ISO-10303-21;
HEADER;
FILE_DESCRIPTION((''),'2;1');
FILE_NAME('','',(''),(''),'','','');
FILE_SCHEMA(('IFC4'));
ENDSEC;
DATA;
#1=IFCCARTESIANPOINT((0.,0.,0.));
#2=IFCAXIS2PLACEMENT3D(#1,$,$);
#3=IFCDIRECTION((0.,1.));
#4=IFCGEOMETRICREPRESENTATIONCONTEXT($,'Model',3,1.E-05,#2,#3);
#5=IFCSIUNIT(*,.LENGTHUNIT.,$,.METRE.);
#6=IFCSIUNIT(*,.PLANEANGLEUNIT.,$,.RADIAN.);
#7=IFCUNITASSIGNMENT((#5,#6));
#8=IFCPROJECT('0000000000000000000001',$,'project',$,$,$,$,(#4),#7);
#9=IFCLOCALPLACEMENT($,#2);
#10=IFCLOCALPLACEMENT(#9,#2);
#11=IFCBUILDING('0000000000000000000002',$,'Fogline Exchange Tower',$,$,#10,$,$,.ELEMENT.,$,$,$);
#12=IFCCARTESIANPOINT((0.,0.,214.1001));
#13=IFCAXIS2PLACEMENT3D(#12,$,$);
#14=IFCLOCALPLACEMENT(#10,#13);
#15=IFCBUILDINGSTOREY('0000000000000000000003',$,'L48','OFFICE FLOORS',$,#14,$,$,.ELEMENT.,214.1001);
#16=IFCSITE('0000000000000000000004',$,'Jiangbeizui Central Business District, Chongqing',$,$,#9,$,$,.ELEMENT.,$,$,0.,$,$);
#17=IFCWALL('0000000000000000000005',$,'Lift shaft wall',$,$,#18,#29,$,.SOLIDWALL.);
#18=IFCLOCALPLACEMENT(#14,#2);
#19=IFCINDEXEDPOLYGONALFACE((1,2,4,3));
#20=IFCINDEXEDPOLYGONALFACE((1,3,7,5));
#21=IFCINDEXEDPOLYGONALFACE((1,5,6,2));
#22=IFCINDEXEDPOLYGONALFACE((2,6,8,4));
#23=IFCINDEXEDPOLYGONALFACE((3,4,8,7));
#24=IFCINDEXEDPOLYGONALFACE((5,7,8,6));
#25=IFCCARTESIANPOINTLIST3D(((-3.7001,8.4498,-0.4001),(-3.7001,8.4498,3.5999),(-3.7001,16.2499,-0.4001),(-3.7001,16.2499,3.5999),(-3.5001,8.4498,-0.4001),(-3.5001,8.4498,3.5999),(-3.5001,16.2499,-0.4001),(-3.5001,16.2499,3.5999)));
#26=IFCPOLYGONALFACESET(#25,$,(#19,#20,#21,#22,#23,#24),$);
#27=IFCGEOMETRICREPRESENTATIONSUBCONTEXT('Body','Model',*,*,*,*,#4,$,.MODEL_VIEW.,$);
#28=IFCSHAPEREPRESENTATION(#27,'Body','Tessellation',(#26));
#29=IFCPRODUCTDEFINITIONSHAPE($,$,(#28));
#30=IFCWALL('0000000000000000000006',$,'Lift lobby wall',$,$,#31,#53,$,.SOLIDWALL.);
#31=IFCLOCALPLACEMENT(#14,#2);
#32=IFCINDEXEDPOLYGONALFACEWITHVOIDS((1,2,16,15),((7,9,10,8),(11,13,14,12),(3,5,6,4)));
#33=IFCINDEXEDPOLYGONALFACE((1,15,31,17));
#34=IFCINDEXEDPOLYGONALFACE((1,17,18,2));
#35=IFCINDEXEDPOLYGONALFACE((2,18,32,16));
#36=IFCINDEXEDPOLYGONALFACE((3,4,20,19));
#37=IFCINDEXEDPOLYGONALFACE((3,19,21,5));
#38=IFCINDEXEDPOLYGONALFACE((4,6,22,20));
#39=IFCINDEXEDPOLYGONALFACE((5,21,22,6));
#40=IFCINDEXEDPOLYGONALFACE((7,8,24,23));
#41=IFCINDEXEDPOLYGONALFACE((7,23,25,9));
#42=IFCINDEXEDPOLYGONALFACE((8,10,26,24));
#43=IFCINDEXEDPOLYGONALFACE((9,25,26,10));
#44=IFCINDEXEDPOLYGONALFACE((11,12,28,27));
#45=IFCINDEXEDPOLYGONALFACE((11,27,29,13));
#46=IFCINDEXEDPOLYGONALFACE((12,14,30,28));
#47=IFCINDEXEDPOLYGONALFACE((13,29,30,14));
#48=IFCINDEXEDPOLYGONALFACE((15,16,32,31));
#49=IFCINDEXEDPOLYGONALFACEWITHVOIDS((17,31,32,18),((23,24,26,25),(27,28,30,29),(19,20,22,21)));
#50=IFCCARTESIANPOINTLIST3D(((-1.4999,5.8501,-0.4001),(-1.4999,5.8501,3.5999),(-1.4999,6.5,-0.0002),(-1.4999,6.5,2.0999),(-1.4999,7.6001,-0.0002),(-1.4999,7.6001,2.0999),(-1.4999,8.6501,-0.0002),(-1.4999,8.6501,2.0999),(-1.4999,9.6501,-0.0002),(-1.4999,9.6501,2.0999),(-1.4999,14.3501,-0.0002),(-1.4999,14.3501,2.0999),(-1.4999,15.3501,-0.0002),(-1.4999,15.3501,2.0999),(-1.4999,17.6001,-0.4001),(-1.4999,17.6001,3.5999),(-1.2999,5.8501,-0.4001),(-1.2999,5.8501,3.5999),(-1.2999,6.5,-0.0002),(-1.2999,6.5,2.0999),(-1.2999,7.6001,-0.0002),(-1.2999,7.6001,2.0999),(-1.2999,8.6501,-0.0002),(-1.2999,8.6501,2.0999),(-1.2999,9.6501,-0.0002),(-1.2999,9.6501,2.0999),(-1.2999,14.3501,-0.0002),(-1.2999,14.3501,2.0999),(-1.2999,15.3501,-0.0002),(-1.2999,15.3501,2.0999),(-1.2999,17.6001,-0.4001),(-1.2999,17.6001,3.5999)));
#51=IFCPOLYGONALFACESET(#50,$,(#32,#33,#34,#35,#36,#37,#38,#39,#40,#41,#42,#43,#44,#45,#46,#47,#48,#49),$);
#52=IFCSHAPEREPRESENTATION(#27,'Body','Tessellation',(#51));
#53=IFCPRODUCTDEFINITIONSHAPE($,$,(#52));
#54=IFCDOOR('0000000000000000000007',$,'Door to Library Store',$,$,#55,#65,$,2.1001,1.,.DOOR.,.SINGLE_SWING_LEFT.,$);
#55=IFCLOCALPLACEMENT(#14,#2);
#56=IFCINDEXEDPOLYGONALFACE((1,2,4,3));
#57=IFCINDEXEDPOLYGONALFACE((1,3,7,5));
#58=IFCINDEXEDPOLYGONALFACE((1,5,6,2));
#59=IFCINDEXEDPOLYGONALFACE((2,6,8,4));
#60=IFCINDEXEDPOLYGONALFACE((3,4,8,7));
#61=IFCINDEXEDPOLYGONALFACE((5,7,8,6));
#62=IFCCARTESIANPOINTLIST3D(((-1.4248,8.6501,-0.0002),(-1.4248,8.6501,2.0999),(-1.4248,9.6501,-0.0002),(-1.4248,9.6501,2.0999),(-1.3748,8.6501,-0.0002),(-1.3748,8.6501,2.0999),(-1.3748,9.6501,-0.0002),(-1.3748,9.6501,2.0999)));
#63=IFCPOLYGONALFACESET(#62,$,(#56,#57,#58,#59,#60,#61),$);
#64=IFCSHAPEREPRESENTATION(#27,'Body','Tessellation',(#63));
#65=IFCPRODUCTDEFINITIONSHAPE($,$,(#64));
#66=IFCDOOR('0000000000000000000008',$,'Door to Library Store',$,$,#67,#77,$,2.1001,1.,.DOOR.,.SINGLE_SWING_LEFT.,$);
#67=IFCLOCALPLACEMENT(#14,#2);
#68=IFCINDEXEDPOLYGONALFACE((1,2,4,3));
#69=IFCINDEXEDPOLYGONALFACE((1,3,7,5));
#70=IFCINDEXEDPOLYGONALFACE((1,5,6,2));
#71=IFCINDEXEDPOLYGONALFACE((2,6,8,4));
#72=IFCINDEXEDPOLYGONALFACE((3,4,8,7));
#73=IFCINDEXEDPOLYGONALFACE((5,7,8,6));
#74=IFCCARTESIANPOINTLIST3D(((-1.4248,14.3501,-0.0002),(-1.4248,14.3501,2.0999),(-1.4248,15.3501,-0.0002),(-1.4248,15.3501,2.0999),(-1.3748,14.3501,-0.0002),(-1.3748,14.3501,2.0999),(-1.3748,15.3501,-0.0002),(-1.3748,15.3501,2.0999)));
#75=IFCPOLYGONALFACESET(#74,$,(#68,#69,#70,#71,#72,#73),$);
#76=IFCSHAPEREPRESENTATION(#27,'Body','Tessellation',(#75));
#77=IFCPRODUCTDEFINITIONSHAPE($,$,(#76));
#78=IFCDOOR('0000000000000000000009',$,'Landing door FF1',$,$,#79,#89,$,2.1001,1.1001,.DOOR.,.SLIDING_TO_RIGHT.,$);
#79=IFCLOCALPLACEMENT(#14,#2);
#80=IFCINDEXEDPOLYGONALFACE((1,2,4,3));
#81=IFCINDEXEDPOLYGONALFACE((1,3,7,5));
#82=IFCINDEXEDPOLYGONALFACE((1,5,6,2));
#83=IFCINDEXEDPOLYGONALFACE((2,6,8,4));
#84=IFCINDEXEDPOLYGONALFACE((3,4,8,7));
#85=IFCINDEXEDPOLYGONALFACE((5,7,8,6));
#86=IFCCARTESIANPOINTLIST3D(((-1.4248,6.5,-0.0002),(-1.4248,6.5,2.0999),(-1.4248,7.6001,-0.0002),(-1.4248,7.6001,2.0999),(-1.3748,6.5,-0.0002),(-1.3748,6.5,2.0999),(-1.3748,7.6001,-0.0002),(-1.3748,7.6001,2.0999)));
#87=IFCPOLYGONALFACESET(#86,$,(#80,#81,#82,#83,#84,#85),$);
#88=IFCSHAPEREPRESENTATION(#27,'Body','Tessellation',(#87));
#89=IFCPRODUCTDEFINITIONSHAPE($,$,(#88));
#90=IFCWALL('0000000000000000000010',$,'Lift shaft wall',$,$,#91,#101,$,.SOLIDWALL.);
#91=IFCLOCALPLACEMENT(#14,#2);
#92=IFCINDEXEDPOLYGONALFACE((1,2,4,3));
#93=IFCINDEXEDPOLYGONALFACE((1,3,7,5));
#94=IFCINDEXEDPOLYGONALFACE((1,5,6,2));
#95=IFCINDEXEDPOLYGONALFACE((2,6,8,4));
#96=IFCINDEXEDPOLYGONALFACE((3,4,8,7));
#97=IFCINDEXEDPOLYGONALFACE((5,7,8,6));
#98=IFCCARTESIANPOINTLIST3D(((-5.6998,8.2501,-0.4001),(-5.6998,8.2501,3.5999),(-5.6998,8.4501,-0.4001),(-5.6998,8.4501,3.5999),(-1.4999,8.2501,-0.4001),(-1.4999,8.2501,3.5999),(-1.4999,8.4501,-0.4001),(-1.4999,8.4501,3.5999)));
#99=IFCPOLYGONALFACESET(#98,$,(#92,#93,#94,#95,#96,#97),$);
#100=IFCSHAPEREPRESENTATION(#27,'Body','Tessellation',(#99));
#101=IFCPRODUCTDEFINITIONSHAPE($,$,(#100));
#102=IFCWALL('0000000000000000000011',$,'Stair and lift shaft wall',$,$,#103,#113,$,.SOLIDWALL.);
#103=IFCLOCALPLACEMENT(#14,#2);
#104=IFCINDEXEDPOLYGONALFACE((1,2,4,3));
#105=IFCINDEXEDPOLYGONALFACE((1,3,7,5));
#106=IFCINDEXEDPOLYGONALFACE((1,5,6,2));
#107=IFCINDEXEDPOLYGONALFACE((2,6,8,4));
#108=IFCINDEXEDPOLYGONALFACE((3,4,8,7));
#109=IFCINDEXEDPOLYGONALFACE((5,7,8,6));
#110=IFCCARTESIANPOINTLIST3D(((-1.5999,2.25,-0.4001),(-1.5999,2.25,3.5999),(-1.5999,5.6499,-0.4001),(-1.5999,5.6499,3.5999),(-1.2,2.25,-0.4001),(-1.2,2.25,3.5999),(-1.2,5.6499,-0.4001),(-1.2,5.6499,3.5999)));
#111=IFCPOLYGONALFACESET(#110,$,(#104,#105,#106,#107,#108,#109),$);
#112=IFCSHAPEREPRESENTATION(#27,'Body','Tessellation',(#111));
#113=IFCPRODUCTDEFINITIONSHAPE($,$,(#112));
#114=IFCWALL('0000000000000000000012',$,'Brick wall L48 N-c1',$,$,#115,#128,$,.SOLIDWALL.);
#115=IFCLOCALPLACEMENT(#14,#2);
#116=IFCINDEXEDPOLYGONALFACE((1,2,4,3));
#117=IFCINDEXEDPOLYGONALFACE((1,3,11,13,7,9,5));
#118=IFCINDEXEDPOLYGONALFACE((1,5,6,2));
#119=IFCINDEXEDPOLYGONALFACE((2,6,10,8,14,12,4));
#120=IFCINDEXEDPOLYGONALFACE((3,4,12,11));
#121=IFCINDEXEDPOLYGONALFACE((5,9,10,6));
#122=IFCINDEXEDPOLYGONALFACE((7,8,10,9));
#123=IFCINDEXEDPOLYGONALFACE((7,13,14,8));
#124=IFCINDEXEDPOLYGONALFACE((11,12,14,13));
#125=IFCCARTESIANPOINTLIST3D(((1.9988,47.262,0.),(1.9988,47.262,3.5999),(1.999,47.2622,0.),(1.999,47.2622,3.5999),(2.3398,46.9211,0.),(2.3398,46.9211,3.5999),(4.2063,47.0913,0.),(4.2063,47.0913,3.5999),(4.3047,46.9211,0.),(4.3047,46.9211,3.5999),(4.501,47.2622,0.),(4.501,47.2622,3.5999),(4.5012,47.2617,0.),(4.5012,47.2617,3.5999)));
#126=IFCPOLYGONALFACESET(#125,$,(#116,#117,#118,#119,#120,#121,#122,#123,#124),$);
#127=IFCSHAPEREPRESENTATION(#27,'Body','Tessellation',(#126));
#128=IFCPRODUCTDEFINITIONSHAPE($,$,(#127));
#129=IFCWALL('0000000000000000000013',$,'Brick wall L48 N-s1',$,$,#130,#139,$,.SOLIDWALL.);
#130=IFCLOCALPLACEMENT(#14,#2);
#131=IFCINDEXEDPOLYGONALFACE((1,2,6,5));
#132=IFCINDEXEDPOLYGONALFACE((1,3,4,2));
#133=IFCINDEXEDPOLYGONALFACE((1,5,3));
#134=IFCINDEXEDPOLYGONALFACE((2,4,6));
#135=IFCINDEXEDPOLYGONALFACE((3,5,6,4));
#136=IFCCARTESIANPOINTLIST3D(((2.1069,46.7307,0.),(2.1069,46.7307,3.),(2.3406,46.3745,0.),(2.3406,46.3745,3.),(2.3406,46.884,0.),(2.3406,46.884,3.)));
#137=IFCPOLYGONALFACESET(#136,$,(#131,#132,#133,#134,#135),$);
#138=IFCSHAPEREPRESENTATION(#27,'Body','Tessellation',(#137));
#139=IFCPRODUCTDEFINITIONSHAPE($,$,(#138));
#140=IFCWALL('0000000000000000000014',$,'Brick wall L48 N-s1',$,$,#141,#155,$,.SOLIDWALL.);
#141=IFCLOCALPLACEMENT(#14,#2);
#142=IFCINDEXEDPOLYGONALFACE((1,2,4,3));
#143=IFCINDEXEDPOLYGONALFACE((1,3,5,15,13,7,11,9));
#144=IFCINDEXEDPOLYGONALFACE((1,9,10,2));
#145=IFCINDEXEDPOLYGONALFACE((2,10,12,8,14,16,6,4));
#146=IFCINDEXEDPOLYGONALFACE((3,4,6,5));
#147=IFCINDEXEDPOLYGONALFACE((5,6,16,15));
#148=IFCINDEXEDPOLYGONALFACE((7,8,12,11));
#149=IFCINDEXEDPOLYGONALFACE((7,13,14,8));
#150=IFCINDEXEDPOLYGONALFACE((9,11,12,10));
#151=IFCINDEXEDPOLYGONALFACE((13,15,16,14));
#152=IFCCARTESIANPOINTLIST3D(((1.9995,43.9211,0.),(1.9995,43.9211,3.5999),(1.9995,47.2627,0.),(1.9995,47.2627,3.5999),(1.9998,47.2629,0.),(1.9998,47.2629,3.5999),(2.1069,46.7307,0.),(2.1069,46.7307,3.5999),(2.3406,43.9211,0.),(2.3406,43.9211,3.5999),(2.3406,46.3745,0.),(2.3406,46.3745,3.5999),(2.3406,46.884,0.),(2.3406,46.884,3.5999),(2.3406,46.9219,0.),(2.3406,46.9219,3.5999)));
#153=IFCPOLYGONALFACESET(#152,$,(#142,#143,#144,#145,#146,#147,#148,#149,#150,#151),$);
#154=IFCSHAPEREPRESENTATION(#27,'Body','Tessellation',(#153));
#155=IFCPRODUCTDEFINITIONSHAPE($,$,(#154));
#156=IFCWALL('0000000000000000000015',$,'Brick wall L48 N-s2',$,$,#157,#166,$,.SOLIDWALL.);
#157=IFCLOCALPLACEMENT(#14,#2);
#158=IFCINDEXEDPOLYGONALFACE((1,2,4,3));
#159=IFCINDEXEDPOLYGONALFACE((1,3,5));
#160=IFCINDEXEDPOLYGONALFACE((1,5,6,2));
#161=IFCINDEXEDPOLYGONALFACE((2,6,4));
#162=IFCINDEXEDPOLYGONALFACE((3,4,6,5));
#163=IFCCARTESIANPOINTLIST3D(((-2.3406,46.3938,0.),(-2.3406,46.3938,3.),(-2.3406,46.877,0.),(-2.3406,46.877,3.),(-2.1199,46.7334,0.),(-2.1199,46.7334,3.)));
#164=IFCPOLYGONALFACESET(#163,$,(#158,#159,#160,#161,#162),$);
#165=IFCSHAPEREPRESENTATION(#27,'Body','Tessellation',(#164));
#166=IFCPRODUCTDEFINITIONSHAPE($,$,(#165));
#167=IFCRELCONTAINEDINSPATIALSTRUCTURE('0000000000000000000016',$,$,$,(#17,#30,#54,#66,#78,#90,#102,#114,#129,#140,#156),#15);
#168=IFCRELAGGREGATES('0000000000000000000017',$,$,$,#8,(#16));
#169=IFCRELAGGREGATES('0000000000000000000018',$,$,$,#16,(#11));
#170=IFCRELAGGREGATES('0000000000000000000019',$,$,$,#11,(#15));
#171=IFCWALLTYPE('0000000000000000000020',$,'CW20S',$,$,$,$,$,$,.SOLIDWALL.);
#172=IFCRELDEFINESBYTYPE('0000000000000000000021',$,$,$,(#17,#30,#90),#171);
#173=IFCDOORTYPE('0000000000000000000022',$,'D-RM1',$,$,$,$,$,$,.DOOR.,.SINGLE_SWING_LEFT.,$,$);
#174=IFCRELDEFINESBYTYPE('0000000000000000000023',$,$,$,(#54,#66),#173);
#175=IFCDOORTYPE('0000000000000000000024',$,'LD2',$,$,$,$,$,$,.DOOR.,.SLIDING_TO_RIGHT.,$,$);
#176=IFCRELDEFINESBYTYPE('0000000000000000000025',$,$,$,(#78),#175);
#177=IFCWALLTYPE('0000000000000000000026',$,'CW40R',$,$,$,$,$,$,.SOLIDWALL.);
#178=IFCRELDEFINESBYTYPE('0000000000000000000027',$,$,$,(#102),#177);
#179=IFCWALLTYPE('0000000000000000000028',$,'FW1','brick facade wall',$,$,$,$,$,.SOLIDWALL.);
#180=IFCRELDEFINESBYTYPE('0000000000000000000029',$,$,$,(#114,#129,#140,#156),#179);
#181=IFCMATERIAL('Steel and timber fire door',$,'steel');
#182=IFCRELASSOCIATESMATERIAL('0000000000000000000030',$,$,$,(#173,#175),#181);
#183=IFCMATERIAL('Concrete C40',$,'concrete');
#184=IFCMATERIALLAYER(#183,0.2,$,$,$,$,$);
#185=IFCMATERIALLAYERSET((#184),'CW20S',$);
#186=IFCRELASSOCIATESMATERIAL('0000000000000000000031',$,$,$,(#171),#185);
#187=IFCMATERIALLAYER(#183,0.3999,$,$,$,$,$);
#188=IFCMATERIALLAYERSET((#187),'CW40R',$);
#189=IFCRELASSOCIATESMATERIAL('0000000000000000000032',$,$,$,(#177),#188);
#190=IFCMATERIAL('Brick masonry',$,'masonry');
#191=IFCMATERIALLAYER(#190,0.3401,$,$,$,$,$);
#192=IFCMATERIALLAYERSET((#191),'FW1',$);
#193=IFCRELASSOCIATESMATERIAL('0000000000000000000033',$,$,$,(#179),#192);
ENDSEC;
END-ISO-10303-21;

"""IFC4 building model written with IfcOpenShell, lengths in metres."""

from ifc_helpers import new_model, si_unit, direction, frame, frame_2d, origin, place, context, subcontext, project, spatial, polyline, rectangle, outline, extrude, material, layer, layer_set, type_object, element, fill, save


model = new_model("IFC4")

# Units and contexts
model_context = context("Model", 3, precision=1e-05, world=origin(), true_north=direction((0.0, 1.0)))
body_context = subcontext(model_context, "Body", "Model", "MODEL_VIEW")
ifc_project = project(units=[si_unit("LENGTHUNIT", "METRE"), si_unit("PLANEANGLEUNIT", "RADIAN")], contexts=[model_context])

# Site, building, storey
site_placement = place(None, origin())
site = spatial("IfcSite", under=ifc_project, at=site_placement, Name="Jiangbeizui Central Business District, Chongqing", CompositionType="ELEMENT", RefElevation=0.0)
building_placement = place(site_placement, origin())
building = spatial("IfcBuilding", under=site, at=building_placement, Name="Fogline Exchange Tower", CompositionType="ELEMENT")
storey_placement = place(building_placement, frame((0.0, 0.0, 214.1001)))
storey = spatial("IfcBuildingStorey", under=building, at=storey_placement, Name="L48", Description="OFFICE FLOORS", CompositionType="ELEMENT", Elevation=214.1001)

# Shared definitions
ifc_material_1 = material(Name="Steel and timber fire door", Category="steel")

# Shared definitions
ifc_material_2 = material(Name="Concrete C40", Category="concrete")
door_type_1 = type_object("IfcDoorType", Name="D-RM1", OperationType="SINGLE_SWING_LEFT", PredefinedType="DOOR", material=ifc_material_1)

# Shared definitions
ifc_layer_1 = layer(ifc_material_2, 0.2)
ifc_layer_set_1 = layer_set([ifc_layer_1], Name="CW20S")
wall_type_1 = type_object("IfcWallType", Name="CW20S", PredefinedType="SOLIDWALL", material=ifc_layer_set_1)

# Wall
wall_1_placement = place(storey_placement, frame((-3.6001, 8.45, -0.4001), z_axis=(0.0, 0.0, 1.0), x_axis=(0.0, 1.0, 0.0)))
element("IfcWall", 1, at=wall_1_placement, inside=storey, type_object=wall_type_1, Name="Lift shaft wall", PredefinedType="SOLIDWALL", context=body_context, shape_type="SweptSolid", body=[
    extrude(rectangle(XDim=7.8, YDim=0.2, at=frame_2d((3.8999, 0.0))), origin(), (0.0, 0.0, 1.0), 4.0),
])

# Wall, openings, doors
wall_2_placement = place(storey_placement, frame((-1.3999, 5.8501, -0.4001), z_axis=(0.0, 0.0, 1.0), x_axis=(0.0, 1.0, 0.0)))
wall_2 = element("IfcWall", 2, at=wall_2_placement, inside=storey, type_object=wall_type_1, Name="Lift lobby wall", PredefinedType="SOLIDWALL", context=body_context, shape_type="SweptSolid", body=[
    extrude(rectangle(XDim=11.75, YDim=0.2, at=frame_2d((5.875, 0.0))), origin(), (0.0, 0.0, 1.0), 4.0),
])
opening_1_placement = place(wall_2_placement, frame((0.6499, 0.0, 0.3999)))
opening_1 = element("IfcOpeningElement", 3, at=opening_1_placement, cuts=wall_2, PredefinedType="OPENING", context=body_context, shape_type="SweptSolid", body=[
    extrude(rectangle(XDim=1.1001, YDim=2.1001, at=frame_2d((0.55, 1.05))), frame((0.0, 0.1099, 0.0), z_axis=(0.0, -1.0, 0.0), x_axis=(1.0, 0.0, 0.0)), (0.0, 0.0, 1.0), 0.22),
])
opening_2_placement = place(wall_2_placement, frame((2.8, 0.0, 0.3999)))
opening_2 = element("IfcOpeningElement", 4, at=opening_2_placement, cuts=wall_2, PredefinedType="OPENING", context=body_context, shape_type="SweptSolid", body=[
    extrude(rectangle(XDim=1.0, YDim=2.1001, at=frame_2d((0.5, 1.05))), frame((0.0, 0.1099, 0.0), z_axis=(0.0, -1.0, 0.0), x_axis=(1.0, 0.0, 0.0)), (0.0, 0.0, 1.0), 0.22),
])
opening_3_placement = place(wall_2_placement, frame((8.5, 0.0, 0.3999)))
opening_3 = element("IfcOpeningElement", 5, at=opening_3_placement, cuts=wall_2, PredefinedType="OPENING", context=body_context, shape_type="SweptSolid", body=[
    extrude(rectangle(XDim=1.0, YDim=2.1001, at=frame_2d((0.5, 1.05))), frame((0.0, 0.1099, 0.0), z_axis=(0.0, -1.0, 0.0), x_axis=(1.0, 0.0, 0.0)), (0.0, 0.0, 1.0), 0.22),
])
door_1_placement = place(opening_2_placement, origin())
door_1 = element("IfcDoor", 6, at=door_1_placement, inside=storey, type_object=door_type_1, Name="Door to Library Store", OperationType="SINGLE_SWING_LEFT", OverallHeight=2.1001, OverallWidth=1.0, PredefinedType="DOOR", context=body_context, shape_type="SweptSolid", body=[
    extrude(rectangle(XDim=1.0, YDim=2.1001, at=frame_2d((0.5, 1.05))), frame((0.0, 0.0249, 0.0), z_axis=(0.0, -1.0, 0.0), x_axis=(1.0, 0.0, 0.0)), (0.0, 0.0, 1.0), 0.05),
])
fill(opening_2, door_1)
door_2_placement = place(opening_3_placement, origin())
door_2 = element("IfcDoor", 7, at=door_2_placement, inside=storey, type_object=door_type_1, Name="Door to Library Store", OperationType="SINGLE_SWING_LEFT", OverallHeight=2.1001, OverallWidth=1.0, PredefinedType="DOOR", context=body_context, shape_type="SweptSolid", body=[
    extrude(rectangle(XDim=1.0, YDim=2.1001, at=frame_2d((0.5, 1.05))), frame((0.0, 0.0249, 0.0), z_axis=(0.0, -1.0, 0.0), x_axis=(1.0, 0.0, 0.0)), (0.0, 0.0, 1.0), 0.05),
])
fill(opening_3, door_2)
door_type_2 = type_object("IfcDoorType", Name="LD2", OperationType="SLIDING_TO_RIGHT", PredefinedType="DOOR", material=ifc_material_1)
door_3_placement = place(opening_1_placement, origin())
door_3 = element("IfcDoor", 8, at=door_3_placement, inside=storey, type_object=door_type_2, Name="Landing door FF1", OperationType="SLIDING_TO_RIGHT", OverallHeight=2.1001, OverallWidth=1.1001, PredefinedType="DOOR", context=body_context, shape_type="SweptSolid", body=[
    extrude(rectangle(XDim=1.1001, YDim=2.1001, at=frame_2d((0.55, 1.05))), frame((0.0, 0.0249, 0.0), z_axis=(0.0, -1.0, 0.0), x_axis=(1.0, 0.0, 0.0)), (0.0, 0.0, 1.0), 0.05),
])
fill(opening_1, door_3)

# Walls
wall_3_placement = place(storey_placement, frame((-5.7, 8.3501, -0.4001), z_axis=(0.0, 0.0, 1.0), x_axis=(1.0, 0.0, 0.0)))
element("IfcWall", 9, at=wall_3_placement, inside=storey, type_object=wall_type_1, Name="Lift shaft wall", PredefinedType="SOLIDWALL", context=body_context, shape_type="SweptSolid", body=[
    extrude(rectangle(XDim=4.2, YDim=0.2, at=frame_2d((2.1001, 0.0))), origin(), (0.0, 0.0, 1.0), 4.0),
])
ifc_layer_2 = layer(ifc_material_2, 0.3999)
ifc_layer_set_2 = layer_set([ifc_layer_2], Name="CW40R")
wall_type_2 = type_object("IfcWallType", Name="CW40R", PredefinedType="SOLIDWALL", material=ifc_layer_set_2)
wall_4_placement = place(storey_placement, frame((-1.3999, 2.25, -0.4001), z_axis=(0.0, 0.0, 1.0), x_axis=(0.0, 1.0, 0.0)))
element("IfcWall", 10, at=wall_4_placement, inside=storey, type_object=wall_type_2, Name="Stair and lift shaft wall", PredefinedType="SOLIDWALL", context=body_context, shape_type="SweptSolid", body=[
    extrude(rectangle(XDim=3.3999, YDim=0.3999, at=frame_2d((1.7, 0.0))), origin(), (0.0, 0.0, 1.0), 4.0),
])
ifc_material_3 = material(Name="Brick masonry", Category="masonry")
ifc_layer_3 = layer(ifc_material_3, 0.3401)
ifc_layer_set_3 = layer_set([ifc_layer_3], Name="FW1")
wall_type_3 = type_object("IfcWallType", Name="FW1", Description="brick facade wall", PredefinedType="SOLIDWALL", material=ifc_layer_set_3)
wall_5_placement = place(storey_placement, origin())
element("IfcWall", 11, at=wall_5_placement, inside=storey, type_object=wall_type_3, Name="Brick wall L48 N-c1", PredefinedType="SOLIDWALL", context=body_context, shape_type="SweptSolid", body=[
    extrude(outline(polyline([(1.999, 47.2622), (4.501, 47.2622), (4.5012, 47.2617), (4.2063, 47.0913), (4.3047, 46.9211), (2.3398, 46.9211), (1.9988, 47.262), (1.999, 47.2622)])), origin(), (0.0, 0.0, 1.0), 3.5999),
])
wall_6_placement = place(storey_placement, origin())
element("IfcWall", 12, at=wall_6_placement, inside=storey, type_object=wall_type_3, Name="Brick wall L48 N-s1", PredefinedType="SOLIDWALL", context=body_context, shape_type="SweptSolid", body=[
    extrude(outline(polyline([(2.3406, 46.3745), (2.1069, 46.7307), (2.3406, 46.884), (2.3406, 46.3745)])), origin(), (0.0, 0.0, 1.0), 3.0),
])
wall_7_placement = place(storey_placement, origin())
element("IfcWall", 13, at=wall_7_placement, inside=storey, type_object=wall_type_3, Name="Brick wall L48 N-s1", PredefinedType="SOLIDWALL", context=body_context, shape_type="SweptSolid", body=[
    extrude(outline(polyline([(1.9995, 43.9211), (1.9995, 47.2627), (1.9998, 47.2629), (2.3406, 46.9219), (2.3406, 46.884), (2.1069, 46.7307), (2.3406, 46.3745), (2.3406, 43.9211), (1.9995, 43.9211)])), origin(), (0.0, 0.0, 1.0), 3.5999),
])
wall_8_placement = place(storey_placement, origin())
element("IfcWall", 14, at=wall_8_placement, inside=storey, type_object=wall_type_3, Name="Brick wall L48 N-s2", PredefinedType="SOLIDWALL", context=body_context, shape_type="SweptSolid", body=[
    extrude(outline(polyline([(-2.3406, 46.877), (-2.1199, 46.7334), (-2.3406, 46.3938), (-2.3406, 46.877)])), origin(), (0.0, 0.0, 1.0), 3.0),
])

save(model, "model.ifc")
